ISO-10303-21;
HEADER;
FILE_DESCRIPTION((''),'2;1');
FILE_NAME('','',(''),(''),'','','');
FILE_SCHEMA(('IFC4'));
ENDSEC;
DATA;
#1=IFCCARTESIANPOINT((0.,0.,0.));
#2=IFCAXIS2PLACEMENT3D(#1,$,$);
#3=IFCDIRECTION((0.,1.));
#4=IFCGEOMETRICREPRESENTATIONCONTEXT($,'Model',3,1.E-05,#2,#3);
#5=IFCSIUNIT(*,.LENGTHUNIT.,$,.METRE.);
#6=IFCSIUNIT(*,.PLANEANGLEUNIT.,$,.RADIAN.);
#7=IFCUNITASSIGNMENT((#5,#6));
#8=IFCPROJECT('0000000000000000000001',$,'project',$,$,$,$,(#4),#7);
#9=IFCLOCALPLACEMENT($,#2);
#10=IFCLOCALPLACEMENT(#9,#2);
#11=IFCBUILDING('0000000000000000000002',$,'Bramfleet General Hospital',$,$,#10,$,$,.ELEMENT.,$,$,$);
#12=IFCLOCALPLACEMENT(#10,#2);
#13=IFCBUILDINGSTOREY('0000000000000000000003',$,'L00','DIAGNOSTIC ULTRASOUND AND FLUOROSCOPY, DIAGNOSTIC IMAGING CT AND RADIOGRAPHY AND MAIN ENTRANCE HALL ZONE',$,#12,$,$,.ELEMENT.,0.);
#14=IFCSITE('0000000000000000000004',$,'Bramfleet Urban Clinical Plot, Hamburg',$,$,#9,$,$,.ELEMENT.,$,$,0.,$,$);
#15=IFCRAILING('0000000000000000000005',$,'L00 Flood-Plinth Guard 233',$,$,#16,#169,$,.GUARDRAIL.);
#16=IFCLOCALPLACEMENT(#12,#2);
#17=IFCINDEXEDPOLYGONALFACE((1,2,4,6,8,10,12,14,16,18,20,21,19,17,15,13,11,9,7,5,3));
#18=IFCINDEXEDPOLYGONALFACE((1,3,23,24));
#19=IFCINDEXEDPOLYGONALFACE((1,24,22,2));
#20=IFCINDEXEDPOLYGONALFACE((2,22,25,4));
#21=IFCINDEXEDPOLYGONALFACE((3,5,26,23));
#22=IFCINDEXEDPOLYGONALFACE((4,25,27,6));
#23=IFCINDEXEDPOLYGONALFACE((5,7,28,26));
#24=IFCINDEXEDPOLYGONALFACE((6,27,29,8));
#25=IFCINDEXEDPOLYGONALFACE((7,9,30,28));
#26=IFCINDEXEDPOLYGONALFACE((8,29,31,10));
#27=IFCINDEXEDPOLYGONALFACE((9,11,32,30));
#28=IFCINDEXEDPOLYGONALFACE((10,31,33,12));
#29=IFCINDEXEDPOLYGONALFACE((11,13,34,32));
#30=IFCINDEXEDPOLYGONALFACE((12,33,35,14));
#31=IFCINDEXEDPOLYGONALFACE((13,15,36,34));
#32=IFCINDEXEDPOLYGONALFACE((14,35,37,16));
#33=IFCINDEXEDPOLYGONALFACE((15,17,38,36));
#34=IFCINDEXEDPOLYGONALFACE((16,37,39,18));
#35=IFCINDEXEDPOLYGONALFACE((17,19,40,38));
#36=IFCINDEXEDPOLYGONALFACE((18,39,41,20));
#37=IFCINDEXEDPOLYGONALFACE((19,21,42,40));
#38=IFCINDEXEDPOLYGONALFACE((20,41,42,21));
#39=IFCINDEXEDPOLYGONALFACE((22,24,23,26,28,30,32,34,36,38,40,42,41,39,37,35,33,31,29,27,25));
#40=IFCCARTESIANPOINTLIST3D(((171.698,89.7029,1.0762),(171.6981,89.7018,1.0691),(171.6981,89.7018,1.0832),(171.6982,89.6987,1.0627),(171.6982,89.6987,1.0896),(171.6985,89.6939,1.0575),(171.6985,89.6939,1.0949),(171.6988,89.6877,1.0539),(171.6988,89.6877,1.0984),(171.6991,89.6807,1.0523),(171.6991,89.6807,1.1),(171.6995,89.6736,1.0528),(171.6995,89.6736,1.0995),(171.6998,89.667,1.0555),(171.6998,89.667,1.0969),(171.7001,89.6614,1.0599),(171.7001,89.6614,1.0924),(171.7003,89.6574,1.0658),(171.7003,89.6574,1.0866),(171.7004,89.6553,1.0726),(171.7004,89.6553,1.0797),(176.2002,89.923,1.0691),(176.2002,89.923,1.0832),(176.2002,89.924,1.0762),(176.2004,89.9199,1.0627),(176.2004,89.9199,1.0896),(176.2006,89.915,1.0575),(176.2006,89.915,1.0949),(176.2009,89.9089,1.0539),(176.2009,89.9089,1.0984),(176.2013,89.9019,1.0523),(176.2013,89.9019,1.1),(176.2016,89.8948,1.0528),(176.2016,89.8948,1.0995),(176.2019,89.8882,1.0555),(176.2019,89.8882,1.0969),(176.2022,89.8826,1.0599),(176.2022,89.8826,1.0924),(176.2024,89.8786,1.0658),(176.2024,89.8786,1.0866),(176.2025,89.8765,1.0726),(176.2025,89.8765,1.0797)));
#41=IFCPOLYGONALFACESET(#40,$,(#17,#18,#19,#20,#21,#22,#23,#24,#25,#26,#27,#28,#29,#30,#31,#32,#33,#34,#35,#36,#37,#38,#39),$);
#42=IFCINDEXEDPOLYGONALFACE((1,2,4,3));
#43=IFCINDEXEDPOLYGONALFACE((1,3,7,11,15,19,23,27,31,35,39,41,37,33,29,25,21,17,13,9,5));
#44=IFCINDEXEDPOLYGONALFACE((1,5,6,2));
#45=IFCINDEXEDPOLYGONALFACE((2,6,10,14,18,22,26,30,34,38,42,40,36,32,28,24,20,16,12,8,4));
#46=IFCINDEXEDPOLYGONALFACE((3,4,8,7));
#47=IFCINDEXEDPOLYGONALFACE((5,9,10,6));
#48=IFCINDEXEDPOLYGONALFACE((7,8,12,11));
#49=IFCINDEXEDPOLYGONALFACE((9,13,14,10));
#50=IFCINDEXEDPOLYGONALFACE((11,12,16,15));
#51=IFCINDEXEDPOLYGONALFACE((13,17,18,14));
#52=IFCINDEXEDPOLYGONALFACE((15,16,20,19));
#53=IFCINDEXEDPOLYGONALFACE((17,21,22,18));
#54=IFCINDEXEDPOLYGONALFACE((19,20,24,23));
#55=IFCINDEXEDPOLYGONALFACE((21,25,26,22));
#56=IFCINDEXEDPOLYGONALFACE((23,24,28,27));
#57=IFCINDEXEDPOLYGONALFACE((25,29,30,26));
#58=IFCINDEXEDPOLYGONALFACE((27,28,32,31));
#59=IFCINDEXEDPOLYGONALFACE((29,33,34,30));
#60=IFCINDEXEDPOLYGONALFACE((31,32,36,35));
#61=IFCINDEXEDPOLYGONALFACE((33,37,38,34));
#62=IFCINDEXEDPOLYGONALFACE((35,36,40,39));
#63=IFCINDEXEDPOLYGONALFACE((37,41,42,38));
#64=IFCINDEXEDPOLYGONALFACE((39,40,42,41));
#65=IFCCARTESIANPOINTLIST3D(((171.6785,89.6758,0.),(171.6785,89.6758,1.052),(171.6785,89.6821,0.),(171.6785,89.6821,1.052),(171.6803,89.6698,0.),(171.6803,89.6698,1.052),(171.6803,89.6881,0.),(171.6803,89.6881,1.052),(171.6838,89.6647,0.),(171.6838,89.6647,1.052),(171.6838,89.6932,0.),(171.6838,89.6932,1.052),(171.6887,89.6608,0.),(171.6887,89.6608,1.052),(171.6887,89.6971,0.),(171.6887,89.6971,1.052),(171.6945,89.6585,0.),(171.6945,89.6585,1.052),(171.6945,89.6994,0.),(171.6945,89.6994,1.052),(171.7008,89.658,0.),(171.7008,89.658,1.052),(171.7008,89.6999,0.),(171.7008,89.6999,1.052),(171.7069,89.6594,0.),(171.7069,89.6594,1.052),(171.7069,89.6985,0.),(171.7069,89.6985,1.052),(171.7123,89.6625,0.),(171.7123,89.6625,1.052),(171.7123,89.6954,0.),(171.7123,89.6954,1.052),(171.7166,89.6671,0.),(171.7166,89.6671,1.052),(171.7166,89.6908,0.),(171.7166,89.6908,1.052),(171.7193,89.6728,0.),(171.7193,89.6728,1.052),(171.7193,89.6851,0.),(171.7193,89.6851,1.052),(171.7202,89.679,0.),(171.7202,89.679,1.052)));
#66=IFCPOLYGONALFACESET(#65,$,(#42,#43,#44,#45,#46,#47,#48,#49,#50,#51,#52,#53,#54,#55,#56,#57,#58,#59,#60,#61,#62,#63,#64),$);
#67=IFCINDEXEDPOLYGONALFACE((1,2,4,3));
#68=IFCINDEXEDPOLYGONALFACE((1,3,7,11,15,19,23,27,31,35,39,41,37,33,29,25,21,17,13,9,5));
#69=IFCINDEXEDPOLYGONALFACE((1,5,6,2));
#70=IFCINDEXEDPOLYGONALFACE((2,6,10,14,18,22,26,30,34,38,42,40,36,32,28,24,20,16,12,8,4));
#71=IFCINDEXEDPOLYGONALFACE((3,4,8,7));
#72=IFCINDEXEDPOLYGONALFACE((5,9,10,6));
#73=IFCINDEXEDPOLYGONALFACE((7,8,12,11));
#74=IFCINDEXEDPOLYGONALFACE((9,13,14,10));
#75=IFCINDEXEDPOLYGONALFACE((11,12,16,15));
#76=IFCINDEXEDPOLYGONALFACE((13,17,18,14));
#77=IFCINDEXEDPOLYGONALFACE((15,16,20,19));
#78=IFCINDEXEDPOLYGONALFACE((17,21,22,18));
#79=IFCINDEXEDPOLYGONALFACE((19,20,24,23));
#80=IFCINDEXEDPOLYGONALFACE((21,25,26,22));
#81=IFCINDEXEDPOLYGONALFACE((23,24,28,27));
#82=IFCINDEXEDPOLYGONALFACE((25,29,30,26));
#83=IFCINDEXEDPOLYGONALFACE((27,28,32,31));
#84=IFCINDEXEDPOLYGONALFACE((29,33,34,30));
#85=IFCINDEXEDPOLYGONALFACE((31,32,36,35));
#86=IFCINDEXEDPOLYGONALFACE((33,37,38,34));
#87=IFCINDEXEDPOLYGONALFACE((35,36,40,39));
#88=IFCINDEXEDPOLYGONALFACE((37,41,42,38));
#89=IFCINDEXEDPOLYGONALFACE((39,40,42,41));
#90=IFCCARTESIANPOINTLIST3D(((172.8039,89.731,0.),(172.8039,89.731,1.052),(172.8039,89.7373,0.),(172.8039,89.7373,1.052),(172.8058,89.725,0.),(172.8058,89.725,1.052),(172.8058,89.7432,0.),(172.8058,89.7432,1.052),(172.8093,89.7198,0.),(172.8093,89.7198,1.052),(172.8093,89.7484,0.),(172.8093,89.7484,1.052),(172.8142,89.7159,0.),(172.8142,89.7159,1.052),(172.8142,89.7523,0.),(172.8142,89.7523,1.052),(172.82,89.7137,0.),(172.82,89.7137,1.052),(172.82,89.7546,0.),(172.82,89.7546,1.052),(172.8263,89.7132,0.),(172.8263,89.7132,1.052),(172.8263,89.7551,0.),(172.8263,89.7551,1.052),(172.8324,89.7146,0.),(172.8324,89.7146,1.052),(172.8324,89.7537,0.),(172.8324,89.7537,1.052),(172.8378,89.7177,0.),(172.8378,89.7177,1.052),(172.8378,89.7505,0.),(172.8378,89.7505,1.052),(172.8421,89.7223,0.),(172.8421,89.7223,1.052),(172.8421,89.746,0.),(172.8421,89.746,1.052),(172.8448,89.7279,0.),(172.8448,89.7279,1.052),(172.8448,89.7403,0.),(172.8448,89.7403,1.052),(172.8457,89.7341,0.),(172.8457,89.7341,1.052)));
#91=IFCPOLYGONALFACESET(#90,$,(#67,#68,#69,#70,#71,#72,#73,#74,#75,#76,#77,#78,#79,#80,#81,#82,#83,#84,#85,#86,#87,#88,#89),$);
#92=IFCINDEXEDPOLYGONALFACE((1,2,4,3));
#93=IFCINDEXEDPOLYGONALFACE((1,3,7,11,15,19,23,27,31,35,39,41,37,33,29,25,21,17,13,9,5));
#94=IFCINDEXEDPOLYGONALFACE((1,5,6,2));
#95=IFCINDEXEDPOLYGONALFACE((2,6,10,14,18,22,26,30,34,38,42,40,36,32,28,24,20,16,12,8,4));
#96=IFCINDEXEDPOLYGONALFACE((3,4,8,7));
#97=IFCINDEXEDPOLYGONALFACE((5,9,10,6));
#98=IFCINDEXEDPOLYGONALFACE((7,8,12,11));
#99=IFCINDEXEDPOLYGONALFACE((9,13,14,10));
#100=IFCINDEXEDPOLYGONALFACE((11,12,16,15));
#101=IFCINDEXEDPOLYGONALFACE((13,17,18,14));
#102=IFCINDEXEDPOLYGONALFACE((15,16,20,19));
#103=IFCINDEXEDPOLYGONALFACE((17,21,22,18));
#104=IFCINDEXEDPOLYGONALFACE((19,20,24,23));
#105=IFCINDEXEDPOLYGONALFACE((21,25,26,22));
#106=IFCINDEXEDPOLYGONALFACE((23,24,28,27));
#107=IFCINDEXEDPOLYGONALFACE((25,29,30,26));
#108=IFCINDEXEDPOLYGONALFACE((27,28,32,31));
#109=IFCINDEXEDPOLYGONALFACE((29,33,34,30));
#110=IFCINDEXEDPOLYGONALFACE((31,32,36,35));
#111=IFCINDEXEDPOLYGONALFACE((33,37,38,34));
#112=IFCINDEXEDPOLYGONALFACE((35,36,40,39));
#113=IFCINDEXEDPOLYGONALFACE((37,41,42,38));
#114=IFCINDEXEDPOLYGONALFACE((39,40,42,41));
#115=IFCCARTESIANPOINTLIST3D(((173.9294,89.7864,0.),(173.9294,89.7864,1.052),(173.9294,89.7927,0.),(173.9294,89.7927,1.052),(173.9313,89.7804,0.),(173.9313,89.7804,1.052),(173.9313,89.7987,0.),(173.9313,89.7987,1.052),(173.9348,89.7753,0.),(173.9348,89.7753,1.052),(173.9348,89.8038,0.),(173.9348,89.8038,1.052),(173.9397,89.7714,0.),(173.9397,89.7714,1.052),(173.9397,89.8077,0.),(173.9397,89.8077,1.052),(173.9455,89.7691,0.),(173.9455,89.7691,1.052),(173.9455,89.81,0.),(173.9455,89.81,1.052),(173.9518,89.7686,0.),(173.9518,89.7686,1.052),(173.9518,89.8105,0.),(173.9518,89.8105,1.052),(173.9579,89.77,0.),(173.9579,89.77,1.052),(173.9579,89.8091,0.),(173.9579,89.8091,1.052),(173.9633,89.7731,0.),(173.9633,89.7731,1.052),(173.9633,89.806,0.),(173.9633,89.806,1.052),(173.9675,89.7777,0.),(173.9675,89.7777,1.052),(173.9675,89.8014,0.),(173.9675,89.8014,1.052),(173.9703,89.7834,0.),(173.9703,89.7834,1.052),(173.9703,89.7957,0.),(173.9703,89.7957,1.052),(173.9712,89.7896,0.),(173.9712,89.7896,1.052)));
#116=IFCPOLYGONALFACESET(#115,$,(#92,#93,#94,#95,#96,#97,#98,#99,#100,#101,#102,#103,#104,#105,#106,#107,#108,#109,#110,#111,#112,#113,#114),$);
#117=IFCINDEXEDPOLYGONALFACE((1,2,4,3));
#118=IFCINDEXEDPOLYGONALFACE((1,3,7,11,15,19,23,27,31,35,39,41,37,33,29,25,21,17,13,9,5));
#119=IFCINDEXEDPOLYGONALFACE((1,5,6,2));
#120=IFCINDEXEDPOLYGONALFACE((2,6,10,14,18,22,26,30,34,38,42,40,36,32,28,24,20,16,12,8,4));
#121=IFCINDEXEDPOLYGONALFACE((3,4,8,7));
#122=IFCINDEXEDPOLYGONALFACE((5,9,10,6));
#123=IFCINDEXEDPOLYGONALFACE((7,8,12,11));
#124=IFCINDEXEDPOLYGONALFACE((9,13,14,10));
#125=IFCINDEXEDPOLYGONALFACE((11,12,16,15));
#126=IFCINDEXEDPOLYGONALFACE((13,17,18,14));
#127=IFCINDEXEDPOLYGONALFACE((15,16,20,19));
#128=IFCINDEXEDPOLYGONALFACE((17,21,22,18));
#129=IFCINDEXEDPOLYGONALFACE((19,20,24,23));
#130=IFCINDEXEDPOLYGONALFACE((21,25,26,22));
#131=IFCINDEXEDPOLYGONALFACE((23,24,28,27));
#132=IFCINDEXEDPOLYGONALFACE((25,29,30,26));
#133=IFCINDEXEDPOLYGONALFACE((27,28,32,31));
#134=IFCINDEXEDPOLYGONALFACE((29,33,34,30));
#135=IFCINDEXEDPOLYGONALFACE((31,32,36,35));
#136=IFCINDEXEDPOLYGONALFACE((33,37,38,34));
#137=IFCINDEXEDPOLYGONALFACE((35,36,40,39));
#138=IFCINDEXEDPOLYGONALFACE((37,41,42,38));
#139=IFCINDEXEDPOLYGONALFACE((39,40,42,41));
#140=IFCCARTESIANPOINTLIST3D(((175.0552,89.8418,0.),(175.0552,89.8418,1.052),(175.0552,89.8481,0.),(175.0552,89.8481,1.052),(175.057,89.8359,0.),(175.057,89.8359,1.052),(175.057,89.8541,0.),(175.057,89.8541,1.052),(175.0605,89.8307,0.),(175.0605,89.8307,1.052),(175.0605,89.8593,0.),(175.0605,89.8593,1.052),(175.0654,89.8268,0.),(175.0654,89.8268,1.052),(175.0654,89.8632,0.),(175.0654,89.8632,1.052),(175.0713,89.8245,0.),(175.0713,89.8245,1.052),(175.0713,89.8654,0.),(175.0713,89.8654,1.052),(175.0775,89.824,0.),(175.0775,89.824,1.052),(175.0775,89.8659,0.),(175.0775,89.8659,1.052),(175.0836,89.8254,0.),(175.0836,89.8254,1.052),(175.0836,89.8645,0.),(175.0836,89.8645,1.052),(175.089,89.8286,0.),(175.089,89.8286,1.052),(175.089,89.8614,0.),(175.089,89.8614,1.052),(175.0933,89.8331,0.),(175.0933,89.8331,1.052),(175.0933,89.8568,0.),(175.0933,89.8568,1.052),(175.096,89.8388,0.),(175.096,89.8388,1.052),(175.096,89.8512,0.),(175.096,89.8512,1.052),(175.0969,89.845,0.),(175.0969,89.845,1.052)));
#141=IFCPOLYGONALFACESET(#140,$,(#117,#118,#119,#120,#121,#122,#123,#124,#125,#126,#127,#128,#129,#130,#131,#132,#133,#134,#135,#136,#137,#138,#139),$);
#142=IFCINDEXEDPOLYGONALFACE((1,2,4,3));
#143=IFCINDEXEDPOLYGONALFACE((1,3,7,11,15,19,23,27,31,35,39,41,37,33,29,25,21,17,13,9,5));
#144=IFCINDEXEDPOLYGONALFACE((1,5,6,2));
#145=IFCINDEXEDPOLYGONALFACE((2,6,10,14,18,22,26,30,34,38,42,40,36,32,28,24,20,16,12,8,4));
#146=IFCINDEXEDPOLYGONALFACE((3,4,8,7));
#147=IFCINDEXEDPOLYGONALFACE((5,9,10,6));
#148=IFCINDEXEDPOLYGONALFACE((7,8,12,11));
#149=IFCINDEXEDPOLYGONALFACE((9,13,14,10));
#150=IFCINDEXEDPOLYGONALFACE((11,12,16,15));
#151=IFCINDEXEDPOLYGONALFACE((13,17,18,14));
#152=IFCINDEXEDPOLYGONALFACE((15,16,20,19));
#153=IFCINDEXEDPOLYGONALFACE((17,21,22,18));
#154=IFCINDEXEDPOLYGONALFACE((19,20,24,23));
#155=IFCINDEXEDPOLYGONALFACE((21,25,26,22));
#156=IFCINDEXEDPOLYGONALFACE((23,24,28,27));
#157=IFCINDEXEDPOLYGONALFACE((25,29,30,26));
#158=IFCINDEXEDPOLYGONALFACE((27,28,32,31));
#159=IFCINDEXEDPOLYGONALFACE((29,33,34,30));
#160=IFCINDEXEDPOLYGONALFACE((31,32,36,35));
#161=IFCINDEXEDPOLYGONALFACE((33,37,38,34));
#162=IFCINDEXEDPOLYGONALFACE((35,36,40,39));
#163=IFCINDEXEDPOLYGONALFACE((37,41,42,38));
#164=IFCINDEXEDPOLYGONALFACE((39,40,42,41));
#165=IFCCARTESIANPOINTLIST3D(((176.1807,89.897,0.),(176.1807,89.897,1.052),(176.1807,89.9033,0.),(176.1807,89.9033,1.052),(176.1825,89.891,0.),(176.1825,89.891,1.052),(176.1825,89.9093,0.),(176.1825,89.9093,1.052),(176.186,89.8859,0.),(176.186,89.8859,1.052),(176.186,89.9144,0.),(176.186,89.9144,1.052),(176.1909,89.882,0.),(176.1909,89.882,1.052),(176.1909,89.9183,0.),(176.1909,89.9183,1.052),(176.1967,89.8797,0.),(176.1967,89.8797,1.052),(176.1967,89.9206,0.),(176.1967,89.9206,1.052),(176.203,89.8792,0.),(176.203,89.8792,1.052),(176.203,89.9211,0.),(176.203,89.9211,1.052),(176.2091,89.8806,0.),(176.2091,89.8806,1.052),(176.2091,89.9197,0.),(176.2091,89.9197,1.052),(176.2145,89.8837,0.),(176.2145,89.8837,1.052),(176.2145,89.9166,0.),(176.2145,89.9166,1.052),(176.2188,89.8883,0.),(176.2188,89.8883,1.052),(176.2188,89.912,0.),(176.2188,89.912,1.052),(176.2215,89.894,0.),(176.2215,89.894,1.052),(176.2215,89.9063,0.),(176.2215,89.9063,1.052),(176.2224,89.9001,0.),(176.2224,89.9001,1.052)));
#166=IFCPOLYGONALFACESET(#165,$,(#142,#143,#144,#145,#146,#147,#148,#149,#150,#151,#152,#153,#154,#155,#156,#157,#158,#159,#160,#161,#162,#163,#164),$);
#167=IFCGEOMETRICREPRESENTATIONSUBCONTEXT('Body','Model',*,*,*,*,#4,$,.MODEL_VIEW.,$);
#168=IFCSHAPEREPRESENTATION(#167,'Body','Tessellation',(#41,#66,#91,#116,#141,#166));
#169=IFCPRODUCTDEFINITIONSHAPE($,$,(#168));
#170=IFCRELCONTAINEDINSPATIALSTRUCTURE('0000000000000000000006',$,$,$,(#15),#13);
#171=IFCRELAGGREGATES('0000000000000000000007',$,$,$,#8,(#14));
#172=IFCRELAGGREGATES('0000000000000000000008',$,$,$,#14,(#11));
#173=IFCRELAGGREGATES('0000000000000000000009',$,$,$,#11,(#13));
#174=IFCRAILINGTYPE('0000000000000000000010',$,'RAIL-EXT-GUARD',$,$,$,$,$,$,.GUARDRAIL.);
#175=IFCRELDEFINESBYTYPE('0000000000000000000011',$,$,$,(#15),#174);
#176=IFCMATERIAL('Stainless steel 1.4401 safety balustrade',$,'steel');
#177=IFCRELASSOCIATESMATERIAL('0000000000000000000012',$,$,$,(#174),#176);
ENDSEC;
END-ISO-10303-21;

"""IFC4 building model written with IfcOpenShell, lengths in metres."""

from ifc_helpers import new_model, si_unit, direction, frame, origin, origin_2d, place, context, subcontext, project, spatial, circle, extrude, material, type_object, element, save


model = new_model("IFC4")

# Units and contexts
model_context = context("Model", 3, precision=1e-05, world=origin(), true_north=direction((0.0, 1.0)))
body_context = subcontext(model_context, "Body", "Model", "MODEL_VIEW")
ifc_project = project(units=[si_unit("LENGTHUNIT", "METRE"), si_unit("PLANEANGLEUNIT", "RADIAN")], contexts=[model_context])

# Site, building, storey
site_placement = place(None, origin())
site = spatial("IfcSite", under=ifc_project, at=site_placement, Name="Bramfleet Urban Clinical Plot, Hamburg", CompositionType="ELEMENT", RefElevation=0.0)
building_placement = place(site_placement, origin())
building = spatial("IfcBuilding", under=site, at=building_placement, Name="Bramfleet General Hospital", CompositionType="ELEMENT")
storey_placement = place(building_placement, origin())
storey = spatial("IfcBuildingStorey", under=building, at=storey_placement, Name="L00", Description="DIAGNOSTIC ULTRASOUND AND FLUOROSCOPY, DIAGNOSTIC IMAGING CT AND RADIOGRAPHY AND MAIN ENTRANCE HALL ZONE", CompositionType="ELEMENT", Elevation=0.0)

# Railing
ifc_material_1 = material(Name="Stainless steel 1.4401 safety balustrade", Category="steel")
railing_type = type_object("IfcRailingType", Name="RAIL-EXT-GUARD", PredefinedType="GUARDRAIL", material=ifc_material_1)
railing_1_placement = place(storey_placement, frame((171.6992, 89.679, 0.0)))
element("IfcRailing", 1, at=railing_1_placement, inside=storey, type_object=railing_type, Name="L00 Flood-Plinth Guard 233", PredefinedType="GUARDRAIL", context=body_context, shape_type="SweptSolid", body=[
    extrude(circle(Radius=0.0239, at=origin_2d()), frame((0.0, 0.0, 1.0762), z_axis=(0.998795, 0.04907, 0.0), x_axis=(-0.04907, 0.998795, 0.0)), (0.0, 0.0, 1.0), 4.5076),
    extrude(circle(Radius=0.021, at=origin_2d()), origin(), (0.0, 0.0, 1.0), 1.052),
    extrude(circle(Radius=0.021, at=origin_2d()), frame((1.1255, 0.0552, 0.0)), (0.0, 0.0, 1.0), 1.052),
    extrude(circle(Radius=0.021, at=origin_2d()), frame((2.251, 0.1106, 0.0)), (0.0, 0.0, 1.0), 1.052),
    extrude(circle(Radius=0.021, at=origin_2d()), frame((3.3767, 0.166, 0.0)), (0.0, 0.0, 1.0), 1.052),
    extrude(circle(Radius=0.021, at=origin_2d()), frame((4.5022, 0.2212, 0.0)), (0.0, 0.0, 1.0), 1.052),
])

save(model, "model.ifc")
